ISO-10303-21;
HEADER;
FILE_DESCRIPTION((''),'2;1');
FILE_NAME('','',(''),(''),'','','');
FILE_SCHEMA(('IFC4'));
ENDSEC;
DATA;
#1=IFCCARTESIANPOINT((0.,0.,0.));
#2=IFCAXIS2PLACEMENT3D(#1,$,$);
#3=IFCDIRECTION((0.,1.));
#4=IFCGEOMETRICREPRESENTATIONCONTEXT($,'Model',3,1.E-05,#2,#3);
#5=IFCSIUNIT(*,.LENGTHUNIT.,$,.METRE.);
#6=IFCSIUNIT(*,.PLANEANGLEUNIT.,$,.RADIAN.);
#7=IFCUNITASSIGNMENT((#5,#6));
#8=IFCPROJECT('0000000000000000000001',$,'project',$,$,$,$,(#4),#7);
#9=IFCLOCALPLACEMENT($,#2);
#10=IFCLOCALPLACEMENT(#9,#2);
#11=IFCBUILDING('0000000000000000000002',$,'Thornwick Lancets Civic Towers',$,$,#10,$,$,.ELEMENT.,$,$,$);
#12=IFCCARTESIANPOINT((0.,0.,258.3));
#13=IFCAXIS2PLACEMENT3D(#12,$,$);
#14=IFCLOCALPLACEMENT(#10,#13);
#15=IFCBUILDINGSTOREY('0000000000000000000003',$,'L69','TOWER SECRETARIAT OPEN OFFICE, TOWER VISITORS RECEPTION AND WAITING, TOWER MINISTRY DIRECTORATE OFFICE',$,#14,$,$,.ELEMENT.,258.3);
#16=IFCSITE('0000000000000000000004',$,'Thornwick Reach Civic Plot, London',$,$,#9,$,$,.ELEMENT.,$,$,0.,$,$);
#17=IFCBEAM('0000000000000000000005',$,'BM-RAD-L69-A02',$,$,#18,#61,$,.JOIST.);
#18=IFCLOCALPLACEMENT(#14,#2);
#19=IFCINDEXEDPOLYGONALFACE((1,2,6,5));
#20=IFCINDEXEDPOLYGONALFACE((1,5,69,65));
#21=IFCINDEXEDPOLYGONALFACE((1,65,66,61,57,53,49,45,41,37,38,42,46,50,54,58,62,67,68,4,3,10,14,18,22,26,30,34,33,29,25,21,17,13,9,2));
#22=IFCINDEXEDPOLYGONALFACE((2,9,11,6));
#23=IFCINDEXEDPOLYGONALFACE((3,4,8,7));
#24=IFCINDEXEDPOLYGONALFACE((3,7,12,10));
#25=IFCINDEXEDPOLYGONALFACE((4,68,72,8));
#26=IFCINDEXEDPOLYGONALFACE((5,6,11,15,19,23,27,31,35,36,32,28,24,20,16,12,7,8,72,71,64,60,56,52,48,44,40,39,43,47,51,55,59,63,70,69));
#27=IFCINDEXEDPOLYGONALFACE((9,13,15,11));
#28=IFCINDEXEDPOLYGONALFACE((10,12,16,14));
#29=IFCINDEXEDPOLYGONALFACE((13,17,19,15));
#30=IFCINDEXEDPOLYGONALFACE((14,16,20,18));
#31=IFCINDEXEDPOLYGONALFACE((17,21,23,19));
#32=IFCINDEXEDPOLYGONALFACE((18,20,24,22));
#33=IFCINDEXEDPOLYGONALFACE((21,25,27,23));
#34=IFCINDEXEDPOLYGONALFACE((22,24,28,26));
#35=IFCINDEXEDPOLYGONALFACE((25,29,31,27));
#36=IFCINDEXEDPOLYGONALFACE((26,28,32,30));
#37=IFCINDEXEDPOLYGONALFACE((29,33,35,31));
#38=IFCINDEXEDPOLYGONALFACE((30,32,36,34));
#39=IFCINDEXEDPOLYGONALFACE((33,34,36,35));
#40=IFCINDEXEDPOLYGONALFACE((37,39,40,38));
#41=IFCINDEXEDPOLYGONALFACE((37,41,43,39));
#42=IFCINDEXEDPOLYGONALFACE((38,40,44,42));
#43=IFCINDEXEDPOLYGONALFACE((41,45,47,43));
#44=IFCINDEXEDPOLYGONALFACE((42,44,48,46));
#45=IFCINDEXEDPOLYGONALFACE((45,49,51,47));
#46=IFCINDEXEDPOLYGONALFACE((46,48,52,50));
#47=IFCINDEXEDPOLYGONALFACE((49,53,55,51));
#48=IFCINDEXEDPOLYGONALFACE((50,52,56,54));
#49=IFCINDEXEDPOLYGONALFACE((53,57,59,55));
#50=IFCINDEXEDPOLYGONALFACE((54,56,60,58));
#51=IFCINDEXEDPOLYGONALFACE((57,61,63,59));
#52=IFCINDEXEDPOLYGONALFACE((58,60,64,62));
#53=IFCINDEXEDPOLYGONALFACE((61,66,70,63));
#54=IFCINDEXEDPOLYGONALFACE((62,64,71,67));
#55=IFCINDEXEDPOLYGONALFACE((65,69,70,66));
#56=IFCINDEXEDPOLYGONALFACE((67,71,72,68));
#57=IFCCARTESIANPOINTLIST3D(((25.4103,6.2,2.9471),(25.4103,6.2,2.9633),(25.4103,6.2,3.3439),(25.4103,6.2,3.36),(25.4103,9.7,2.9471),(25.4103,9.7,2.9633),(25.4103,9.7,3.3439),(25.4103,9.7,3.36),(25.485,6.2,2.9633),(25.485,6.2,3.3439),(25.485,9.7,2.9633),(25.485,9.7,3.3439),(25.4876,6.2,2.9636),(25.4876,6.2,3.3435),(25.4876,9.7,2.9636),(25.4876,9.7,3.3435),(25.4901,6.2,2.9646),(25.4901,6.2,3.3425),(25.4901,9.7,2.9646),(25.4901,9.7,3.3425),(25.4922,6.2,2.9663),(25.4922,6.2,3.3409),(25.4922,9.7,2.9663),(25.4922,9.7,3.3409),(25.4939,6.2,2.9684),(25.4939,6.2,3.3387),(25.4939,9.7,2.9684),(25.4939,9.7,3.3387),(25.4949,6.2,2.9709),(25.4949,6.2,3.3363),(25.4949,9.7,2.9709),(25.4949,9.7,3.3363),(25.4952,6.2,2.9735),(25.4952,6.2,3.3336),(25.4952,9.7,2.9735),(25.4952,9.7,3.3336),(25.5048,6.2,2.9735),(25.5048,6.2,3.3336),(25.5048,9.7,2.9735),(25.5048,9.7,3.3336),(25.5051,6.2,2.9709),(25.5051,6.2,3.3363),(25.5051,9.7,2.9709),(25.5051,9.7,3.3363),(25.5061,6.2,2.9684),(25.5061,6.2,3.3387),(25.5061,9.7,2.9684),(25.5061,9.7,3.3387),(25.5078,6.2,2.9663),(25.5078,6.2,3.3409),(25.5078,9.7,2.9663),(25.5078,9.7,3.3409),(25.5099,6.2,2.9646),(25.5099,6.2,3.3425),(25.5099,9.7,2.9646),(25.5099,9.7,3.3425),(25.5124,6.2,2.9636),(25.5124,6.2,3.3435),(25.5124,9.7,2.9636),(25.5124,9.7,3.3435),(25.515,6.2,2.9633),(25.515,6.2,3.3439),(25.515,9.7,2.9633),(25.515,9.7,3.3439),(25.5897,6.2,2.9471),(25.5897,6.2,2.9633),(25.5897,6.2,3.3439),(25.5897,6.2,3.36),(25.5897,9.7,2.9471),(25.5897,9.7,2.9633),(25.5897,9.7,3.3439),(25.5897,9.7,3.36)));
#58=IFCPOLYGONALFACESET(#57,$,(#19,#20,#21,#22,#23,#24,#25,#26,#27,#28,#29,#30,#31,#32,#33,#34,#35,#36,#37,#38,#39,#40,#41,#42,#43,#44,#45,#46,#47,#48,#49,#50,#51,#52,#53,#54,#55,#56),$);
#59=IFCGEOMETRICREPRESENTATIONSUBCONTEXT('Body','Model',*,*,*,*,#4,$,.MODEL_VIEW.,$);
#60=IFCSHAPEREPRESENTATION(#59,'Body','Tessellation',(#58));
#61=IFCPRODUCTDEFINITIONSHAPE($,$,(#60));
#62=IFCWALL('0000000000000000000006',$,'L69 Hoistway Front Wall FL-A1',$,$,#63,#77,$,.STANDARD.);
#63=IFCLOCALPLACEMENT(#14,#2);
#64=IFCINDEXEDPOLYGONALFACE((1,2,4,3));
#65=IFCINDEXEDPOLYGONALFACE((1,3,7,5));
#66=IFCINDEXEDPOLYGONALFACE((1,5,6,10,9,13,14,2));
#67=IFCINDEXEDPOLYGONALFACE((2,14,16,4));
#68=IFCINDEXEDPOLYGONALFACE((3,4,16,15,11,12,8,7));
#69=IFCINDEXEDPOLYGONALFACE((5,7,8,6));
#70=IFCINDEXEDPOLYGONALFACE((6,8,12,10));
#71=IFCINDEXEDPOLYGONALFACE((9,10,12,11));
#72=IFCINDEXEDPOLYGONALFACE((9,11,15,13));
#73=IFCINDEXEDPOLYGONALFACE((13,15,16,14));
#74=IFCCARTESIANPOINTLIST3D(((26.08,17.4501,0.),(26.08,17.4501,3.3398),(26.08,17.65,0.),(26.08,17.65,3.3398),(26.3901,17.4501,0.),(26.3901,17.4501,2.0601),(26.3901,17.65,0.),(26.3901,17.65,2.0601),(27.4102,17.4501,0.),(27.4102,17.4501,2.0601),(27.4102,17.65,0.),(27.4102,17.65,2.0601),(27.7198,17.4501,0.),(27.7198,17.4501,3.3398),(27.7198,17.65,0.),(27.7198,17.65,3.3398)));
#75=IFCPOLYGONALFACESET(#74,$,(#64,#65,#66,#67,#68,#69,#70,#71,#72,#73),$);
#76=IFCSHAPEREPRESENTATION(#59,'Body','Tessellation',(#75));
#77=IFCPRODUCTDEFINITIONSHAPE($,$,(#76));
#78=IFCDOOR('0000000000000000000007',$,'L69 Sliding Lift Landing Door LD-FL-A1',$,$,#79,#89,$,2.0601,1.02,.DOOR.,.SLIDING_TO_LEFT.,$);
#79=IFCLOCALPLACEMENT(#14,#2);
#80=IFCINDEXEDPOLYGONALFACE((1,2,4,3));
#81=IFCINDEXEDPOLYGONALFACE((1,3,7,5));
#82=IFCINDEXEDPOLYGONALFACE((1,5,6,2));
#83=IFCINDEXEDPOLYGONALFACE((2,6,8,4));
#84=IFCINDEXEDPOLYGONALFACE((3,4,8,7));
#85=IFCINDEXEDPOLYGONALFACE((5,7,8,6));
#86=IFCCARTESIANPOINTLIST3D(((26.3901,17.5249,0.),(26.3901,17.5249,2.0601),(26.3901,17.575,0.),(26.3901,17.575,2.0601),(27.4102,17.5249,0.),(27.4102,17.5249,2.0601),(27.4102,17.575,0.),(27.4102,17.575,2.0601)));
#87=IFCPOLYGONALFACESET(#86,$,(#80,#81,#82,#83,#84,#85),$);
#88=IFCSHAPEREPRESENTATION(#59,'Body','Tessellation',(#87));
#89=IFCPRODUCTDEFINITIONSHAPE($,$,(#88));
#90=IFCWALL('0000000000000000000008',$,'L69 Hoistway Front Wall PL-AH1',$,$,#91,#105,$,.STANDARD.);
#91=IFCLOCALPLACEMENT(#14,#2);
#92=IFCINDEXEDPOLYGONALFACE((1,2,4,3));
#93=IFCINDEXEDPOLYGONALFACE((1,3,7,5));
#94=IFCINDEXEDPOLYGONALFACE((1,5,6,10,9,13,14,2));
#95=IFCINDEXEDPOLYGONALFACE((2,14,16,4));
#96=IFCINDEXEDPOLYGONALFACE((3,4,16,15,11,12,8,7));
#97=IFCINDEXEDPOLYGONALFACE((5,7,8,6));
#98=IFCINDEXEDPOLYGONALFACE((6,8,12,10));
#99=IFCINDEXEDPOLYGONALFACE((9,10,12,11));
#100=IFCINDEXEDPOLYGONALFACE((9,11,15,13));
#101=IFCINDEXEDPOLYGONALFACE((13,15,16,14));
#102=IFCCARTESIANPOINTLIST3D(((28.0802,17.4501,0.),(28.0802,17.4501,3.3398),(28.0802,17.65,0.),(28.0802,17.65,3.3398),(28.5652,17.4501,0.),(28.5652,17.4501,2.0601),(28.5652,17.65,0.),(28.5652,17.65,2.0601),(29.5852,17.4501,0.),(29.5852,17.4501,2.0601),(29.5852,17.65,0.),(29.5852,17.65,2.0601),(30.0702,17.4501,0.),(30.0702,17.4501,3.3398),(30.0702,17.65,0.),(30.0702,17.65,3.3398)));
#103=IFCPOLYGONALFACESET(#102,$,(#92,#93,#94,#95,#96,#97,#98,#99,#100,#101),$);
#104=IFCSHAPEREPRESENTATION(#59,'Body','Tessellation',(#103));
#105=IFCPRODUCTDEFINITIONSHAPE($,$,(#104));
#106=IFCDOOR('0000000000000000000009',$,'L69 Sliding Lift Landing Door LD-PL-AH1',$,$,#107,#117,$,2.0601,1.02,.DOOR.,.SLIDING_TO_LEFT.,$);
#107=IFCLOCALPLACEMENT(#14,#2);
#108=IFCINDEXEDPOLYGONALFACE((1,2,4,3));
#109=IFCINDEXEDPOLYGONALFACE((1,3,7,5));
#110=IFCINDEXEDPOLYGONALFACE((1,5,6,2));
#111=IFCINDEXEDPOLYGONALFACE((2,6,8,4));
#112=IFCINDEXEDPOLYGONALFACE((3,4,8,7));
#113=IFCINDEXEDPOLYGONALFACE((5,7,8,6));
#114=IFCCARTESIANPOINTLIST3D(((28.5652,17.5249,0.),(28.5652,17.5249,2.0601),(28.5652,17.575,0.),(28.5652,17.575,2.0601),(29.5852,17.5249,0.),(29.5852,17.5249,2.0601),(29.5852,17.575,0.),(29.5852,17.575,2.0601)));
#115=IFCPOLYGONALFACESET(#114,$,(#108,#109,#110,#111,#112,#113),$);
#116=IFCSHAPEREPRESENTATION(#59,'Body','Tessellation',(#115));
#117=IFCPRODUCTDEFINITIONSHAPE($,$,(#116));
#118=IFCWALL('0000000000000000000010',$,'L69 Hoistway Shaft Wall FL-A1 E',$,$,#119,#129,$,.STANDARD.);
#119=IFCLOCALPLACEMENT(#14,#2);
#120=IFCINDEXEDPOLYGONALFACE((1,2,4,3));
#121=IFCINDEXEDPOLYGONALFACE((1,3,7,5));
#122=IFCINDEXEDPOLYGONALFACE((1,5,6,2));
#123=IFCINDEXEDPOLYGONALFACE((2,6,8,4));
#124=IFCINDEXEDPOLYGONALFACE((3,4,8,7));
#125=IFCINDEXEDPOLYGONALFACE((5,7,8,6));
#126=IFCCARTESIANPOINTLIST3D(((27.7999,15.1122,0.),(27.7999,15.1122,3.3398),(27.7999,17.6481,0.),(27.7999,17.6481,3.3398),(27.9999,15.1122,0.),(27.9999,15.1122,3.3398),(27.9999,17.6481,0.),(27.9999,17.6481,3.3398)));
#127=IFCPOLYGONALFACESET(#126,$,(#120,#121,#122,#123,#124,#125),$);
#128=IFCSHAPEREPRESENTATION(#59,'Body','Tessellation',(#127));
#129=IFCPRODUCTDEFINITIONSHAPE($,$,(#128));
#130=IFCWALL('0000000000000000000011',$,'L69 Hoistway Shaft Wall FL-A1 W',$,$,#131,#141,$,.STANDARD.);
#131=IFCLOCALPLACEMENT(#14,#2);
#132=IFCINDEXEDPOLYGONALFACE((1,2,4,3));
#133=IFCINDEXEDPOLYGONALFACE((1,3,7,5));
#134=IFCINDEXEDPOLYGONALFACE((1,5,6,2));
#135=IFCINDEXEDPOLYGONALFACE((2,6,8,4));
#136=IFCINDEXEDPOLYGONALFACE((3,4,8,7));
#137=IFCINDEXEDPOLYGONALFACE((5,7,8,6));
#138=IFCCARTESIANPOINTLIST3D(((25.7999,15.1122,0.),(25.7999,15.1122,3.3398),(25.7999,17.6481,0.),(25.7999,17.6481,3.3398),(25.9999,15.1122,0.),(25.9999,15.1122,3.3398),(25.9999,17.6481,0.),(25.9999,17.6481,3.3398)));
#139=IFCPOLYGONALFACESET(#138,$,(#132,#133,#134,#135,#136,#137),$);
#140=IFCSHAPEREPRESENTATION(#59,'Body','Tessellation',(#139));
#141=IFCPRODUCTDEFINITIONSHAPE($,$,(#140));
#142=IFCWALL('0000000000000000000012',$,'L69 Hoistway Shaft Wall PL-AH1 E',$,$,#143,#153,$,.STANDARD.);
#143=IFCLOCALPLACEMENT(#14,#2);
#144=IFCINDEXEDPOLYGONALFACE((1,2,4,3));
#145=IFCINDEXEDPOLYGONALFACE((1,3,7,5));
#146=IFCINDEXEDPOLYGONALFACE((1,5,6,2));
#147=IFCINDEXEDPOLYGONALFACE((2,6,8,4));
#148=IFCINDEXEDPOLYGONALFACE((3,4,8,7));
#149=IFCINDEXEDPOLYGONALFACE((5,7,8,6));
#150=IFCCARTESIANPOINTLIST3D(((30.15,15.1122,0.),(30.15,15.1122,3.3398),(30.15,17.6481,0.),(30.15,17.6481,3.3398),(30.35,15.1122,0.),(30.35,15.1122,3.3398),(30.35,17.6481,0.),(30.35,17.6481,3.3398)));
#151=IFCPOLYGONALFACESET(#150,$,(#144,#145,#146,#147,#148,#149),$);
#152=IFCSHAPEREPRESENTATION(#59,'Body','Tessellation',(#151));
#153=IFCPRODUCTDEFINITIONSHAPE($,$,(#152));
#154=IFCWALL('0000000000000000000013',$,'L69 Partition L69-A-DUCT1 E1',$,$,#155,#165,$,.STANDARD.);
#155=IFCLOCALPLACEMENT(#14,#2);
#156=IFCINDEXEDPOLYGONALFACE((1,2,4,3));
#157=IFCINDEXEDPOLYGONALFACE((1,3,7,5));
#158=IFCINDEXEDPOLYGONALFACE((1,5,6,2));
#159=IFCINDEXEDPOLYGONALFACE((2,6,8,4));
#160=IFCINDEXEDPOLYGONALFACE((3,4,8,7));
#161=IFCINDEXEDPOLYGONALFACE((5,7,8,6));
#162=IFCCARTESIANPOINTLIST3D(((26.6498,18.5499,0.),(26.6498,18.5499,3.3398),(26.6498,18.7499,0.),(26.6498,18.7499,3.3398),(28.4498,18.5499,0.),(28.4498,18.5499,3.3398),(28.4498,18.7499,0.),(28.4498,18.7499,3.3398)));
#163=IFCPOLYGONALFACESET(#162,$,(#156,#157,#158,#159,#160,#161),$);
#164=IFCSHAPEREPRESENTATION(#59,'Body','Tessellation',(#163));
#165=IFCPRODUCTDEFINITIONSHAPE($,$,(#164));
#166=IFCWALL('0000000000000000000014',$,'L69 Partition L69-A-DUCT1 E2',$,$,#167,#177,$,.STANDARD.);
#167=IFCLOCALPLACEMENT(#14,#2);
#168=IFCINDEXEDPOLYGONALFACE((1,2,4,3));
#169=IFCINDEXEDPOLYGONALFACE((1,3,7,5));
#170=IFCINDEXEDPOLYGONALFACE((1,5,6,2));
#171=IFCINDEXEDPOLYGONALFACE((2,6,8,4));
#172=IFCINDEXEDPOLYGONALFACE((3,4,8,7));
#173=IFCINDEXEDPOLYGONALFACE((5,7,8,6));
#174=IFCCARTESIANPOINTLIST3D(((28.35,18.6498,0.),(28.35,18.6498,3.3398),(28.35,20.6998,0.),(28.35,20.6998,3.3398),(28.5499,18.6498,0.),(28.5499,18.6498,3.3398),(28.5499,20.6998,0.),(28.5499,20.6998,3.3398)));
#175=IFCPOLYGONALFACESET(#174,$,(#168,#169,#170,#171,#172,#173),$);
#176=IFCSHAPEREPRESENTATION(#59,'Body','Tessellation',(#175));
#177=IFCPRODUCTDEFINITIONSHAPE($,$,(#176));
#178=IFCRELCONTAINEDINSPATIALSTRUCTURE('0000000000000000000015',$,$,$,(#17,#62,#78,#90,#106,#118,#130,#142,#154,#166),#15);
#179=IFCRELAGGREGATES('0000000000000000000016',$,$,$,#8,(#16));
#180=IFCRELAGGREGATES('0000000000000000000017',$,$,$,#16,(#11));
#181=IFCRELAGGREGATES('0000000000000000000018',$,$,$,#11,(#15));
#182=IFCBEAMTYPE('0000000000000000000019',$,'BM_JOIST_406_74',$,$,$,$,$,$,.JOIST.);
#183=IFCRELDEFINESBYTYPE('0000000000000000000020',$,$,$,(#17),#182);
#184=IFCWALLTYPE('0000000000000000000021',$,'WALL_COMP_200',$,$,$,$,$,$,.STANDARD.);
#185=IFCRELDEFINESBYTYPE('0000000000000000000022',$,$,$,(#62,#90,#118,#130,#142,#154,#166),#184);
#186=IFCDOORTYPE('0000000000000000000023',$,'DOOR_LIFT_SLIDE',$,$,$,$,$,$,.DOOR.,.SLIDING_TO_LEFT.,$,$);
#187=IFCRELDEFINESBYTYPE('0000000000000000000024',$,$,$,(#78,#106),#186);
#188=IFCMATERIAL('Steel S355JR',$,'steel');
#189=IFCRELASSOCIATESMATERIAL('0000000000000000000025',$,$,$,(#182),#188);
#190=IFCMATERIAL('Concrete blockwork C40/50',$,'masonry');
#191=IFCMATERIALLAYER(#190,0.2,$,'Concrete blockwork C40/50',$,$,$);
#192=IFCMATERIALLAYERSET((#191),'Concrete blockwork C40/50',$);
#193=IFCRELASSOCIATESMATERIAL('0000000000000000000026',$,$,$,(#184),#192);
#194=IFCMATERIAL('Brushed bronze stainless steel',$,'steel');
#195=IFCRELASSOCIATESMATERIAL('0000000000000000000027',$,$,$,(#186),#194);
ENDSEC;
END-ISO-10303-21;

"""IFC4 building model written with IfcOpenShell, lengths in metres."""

from ifc_helpers import new_model, si_unit, direction, frame, frame_2d, origin, origin_2d, place, context, subcontext, project, spatial, rectangle, i_section, extrude, material, layer, layer_set, material_profile, profile_set, type_object, element, fill, save


model = new_model("IFC4")

# Units and contexts
model_context = context("Model", 3, precision=1e-05, world=origin(), true_north=direction((0.0, 1.0)))
body_context = subcontext(model_context, "Body", "Model", "MODEL_VIEW")
ifc_project = project(units=[si_unit("LENGTHUNIT", "METRE"), si_unit("PLANEANGLEUNIT", "RADIAN")], contexts=[model_context])

# Site, building, storey
site_placement = place(None, origin())
site = spatial("IfcSite", under=ifc_project, at=site_placement, Name="Thornwick Reach Civic Plot, London", CompositionType="ELEMENT", RefElevation=0.0)
building_placement = place(site_placement, origin())
building = spatial("IfcBuilding", under=site, at=building_placement, Name="Thornwick Lancets Civic Towers", CompositionType="ELEMENT")
storey_placement = place(building_placement, frame((0.0, 0.0, 258.3)))
storey = spatial("IfcBuildingStorey", under=building, at=storey_placement, Name="L69", Description="TOWER SECRETARIAT OPEN OFFICE, TOWER VISITORS RECEPTION AND WAITING, TOWER MINISTRY DIRECTORATE OFFICE", CompositionType="ELEMENT", Elevation=258.3)

# Shared definitions
ifc_material_1 = material(Name="Steel S355JR", Category="steel")

# Beam
ifc_material_profile_1 = material_profile(ifc_material_1, i_section(OverallWidth=0.1794, OverallDepth=0.4128, WebThickness=0.0095, FlangeThickness=0.0161, FilletRadius=0.0103, at=origin_2d()), Name="UKB 406x178x74")
ifc_profile_set_1 = profile_set([ifc_material_profile_1], Name="Steel S355JR")
beam_type_1 = type_object("IfcBeamType", Name="BM_JOIST_406_74", PredefinedType="JOIST", material=ifc_profile_set_1)
beam_1_placement = place(storey_placement, frame((25.5, 9.7, 3.1536), z_axis=(0.0, -1.0, 0.0), x_axis=(1.0, 0.0, 0.0)))
element("IfcBeam", 1, at=beam_1_placement, inside=storey, type_object=beam_type_1, Name="BM-RAD-L69-A02", PredefinedType="JOIST", context=body_context, shape_type="SweptSolid", body=[
    extrude(i_section(OverallWidth=0.1794, OverallDepth=0.4128, WebThickness=0.0095, FlangeThickness=0.0161, FilletRadius=0.0103, at=origin_2d()), origin(), (0.0, 0.0, 1.0), 3.5),
])

# Walls, openings, doors
ifc_material_2 = material(Name="Concrete blockwork C40/50", Category="masonry")
ifc_layer_1 = layer(ifc_material_2, 0.2, Name="Concrete blockwork C40/50")
ifc_layer_set_1 = layer_set([ifc_layer_1], Name="Concrete blockwork C40/50")
wall_type_1 = type_object("IfcWallType", Name="WALL_COMP_200", PredefinedType="STANDARD", material=ifc_layer_set_1)
wall_1_placement = place(storey_placement, frame((26.0801, 17.55, 0.0), z_axis=(0.0, 0.0, 1.0), x_axis=(1.0, 0.0, 0.0)))
wall_1 = element("IfcWall", 2, at=wall_1_placement, inside=storey, type_object=wall_type_1, Name="L69 Hoistway Front Wall FL-A1", PredefinedType="STANDARD", context=body_context, shape_type="SweptSolid", body=[
    extrude(rectangle(XDim=1.6399, YDim=0.2, at=frame_2d((0.8198, 0.0))), origin(), (0.0, 0.0, 1.0), 3.3398),
])
opening_1_placement = place(wall_1_placement, frame((0.3101, 0.0, 0.0)))
opening_1 = element("IfcOpeningElement", 3, at=opening_1_placement, cuts=wall_1, PredefinedType="OPENING", context=body_context, shape_type="SweptSolid", body=[
    extrude(rectangle(XDim=1.02, YDim=2.0601, at=frame_2d((0.51, 1.03))), frame((0.0, 0.1099, 0.0), z_axis=(0.0, -1.0, 0.0), x_axis=(1.0, 0.0, 0.0)), (0.0, 0.0, 1.0), 0.22),
])
ifc_material_3 = material(Name="Brushed bronze stainless steel", Category="steel")
door_type_1 = type_object("IfcDoorType", Name="DOOR_LIFT_SLIDE", OperationType="SLIDING_TO_LEFT", PredefinedType="DOOR", material=ifc_material_3)
door_1_placement = place(opening_1_placement, origin())
door_1 = element("IfcDoor", 4, at=door_1_placement, inside=storey, type_object=door_type_1, Name="L69 Sliding Lift Landing Door LD-FL-A1", OperationType="SLIDING_TO_LEFT", OverallHeight=2.0601, OverallWidth=1.02, PredefinedType="DOOR", context=body_context, shape_type="SweptSolid", body=[
    extrude(rectangle(XDim=1.02, YDim=2.0601, at=frame_2d((0.51, 1.03))), frame((0.0, 0.0249, 0.0), z_axis=(0.0, -1.0, 0.0), x_axis=(1.0, 0.0, 0.0)), (0.0, 0.0, 1.0), 0.05),
])
fill(opening_1, door_1)
wall_2_placement = place(storey_placement, frame((28.0801, 17.55, 0.0), z_axis=(0.0, 0.0, 1.0), x_axis=(1.0, 0.0, 0.0)))
wall_2 = element("IfcWall", 5, at=wall_2_placement, inside=storey, type_object=wall_type_1, Name="L69 Hoistway Front Wall PL-AH1", PredefinedType="STANDARD", context=body_context, shape_type="SweptSolid", body=[
    extrude(rectangle(XDim=1.99, YDim=0.2, at=frame_2d((0.9951, 0.0))), origin(), (0.0, 0.0, 1.0), 3.3398),
])
opening_2_placement = place(wall_2_placement, frame((0.4851, 0.0, 0.0)))
opening_2 = element("IfcOpeningElement", 6, at=opening_2_placement, cuts=wall_2, PredefinedType="OPENING", context=body_context, shape_type="SweptSolid", body=[
    extrude(rectangle(XDim=1.02, YDim=2.0601, at=frame_2d((0.51, 1.03))), frame((0.0, 0.1099, 0.0), z_axis=(0.0, -1.0, 0.0), x_axis=(1.0, 0.0, 0.0)), (0.0, 0.0, 1.0), 0.22),
])
door_2_placement = place(opening_2_placement, origin())
door_2 = element("IfcDoor", 7, at=door_2_placement, inside=storey, type_object=door_type_1, Name="L69 Sliding Lift Landing Door LD-PL-AH1", OperationType="SLIDING_TO_LEFT", OverallHeight=2.0601, OverallWidth=1.02, PredefinedType="DOOR", context=body_context, shape_type="SweptSolid", body=[
    extrude(rectangle(XDim=1.02, YDim=2.0601, at=frame_2d((0.51, 1.03))), frame((0.0, 0.0249, 0.0), z_axis=(0.0, -1.0, 0.0), x_axis=(1.0, 0.0, 0.0)), (0.0, 0.0, 1.0), 0.05),
])
fill(opening_2, door_2)

# Walls
for number, where, z_axis, x_axis, name in (
    (8, (27.8999, 15.1121, 0.0), (0.0, 0.0, 1.0), (0.0, 1.0, 0.0), "L69 Hoistway Shaft Wall FL-A1 E"),
    (9, (25.8999, 15.1121, 0.0), (0.0, 0.0, 1.0), (0.0, 1.0, 0.0), "L69 Hoistway Shaft Wall FL-A1 W"),
    (10, (30.25, 15.1121, 0.0), (0.0, 0.0, 1.0), (0.0, 1.0, 0.0), "L69 Hoistway Shaft Wall PL-AH1 E"),
):
    element("IfcWall", number, at=place(storey_placement, frame(where, z_axis=z_axis, x_axis=x_axis)), inside=storey, type_object=wall_type_1, Name=name, PredefinedType="STANDARD", context=body_context, shape_type="SweptSolid", body=[
        extrude(rectangle(XDim=2.5359, YDim=0.2, at=frame_2d((1.2681, 0.0))), origin(), (0.0, 0.0, 1.0), 3.3398),
    ])
wall_3_placement = place(storey_placement, frame((26.6499, 18.6499, 0.0), z_axis=(0.0, 0.0, 1.0), x_axis=(1.0, 0.0, 0.0)))
element("IfcWall", 11, at=wall_3_placement, inside=storey, type_object=wall_type_1, Name="L69 Partition L69-A-DUCT1 E1", PredefinedType="STANDARD", context=body_context, shape_type="SweptSolid", body=[
    extrude(rectangle(XDim=1.8, YDim=0.2, at=frame_2d((0.8999, 0.0))), origin(), (0.0, 0.0, 1.0), 3.3398),
])
wall_4_placement = place(storey_placement, frame((28.45, 18.6499, 0.0), z_axis=(0.0, 0.0, 1.0), x_axis=(0.0, 1.0, 0.0)))
element("IfcWall", 12, at=wall_4_placement, inside=storey, type_object=wall_type_1, Name="L69 Partition L69-A-DUCT1 E2", PredefinedType="STANDARD", context=body_context, shape_type="SweptSolid", body=[
    extrude(rectangle(XDim=2.05, YDim=0.2, at=frame_2d((1.0249, 0.0))), origin(), (0.0, 0.0, 1.0), 3.3398),
])

save(model, "model.ifc")
